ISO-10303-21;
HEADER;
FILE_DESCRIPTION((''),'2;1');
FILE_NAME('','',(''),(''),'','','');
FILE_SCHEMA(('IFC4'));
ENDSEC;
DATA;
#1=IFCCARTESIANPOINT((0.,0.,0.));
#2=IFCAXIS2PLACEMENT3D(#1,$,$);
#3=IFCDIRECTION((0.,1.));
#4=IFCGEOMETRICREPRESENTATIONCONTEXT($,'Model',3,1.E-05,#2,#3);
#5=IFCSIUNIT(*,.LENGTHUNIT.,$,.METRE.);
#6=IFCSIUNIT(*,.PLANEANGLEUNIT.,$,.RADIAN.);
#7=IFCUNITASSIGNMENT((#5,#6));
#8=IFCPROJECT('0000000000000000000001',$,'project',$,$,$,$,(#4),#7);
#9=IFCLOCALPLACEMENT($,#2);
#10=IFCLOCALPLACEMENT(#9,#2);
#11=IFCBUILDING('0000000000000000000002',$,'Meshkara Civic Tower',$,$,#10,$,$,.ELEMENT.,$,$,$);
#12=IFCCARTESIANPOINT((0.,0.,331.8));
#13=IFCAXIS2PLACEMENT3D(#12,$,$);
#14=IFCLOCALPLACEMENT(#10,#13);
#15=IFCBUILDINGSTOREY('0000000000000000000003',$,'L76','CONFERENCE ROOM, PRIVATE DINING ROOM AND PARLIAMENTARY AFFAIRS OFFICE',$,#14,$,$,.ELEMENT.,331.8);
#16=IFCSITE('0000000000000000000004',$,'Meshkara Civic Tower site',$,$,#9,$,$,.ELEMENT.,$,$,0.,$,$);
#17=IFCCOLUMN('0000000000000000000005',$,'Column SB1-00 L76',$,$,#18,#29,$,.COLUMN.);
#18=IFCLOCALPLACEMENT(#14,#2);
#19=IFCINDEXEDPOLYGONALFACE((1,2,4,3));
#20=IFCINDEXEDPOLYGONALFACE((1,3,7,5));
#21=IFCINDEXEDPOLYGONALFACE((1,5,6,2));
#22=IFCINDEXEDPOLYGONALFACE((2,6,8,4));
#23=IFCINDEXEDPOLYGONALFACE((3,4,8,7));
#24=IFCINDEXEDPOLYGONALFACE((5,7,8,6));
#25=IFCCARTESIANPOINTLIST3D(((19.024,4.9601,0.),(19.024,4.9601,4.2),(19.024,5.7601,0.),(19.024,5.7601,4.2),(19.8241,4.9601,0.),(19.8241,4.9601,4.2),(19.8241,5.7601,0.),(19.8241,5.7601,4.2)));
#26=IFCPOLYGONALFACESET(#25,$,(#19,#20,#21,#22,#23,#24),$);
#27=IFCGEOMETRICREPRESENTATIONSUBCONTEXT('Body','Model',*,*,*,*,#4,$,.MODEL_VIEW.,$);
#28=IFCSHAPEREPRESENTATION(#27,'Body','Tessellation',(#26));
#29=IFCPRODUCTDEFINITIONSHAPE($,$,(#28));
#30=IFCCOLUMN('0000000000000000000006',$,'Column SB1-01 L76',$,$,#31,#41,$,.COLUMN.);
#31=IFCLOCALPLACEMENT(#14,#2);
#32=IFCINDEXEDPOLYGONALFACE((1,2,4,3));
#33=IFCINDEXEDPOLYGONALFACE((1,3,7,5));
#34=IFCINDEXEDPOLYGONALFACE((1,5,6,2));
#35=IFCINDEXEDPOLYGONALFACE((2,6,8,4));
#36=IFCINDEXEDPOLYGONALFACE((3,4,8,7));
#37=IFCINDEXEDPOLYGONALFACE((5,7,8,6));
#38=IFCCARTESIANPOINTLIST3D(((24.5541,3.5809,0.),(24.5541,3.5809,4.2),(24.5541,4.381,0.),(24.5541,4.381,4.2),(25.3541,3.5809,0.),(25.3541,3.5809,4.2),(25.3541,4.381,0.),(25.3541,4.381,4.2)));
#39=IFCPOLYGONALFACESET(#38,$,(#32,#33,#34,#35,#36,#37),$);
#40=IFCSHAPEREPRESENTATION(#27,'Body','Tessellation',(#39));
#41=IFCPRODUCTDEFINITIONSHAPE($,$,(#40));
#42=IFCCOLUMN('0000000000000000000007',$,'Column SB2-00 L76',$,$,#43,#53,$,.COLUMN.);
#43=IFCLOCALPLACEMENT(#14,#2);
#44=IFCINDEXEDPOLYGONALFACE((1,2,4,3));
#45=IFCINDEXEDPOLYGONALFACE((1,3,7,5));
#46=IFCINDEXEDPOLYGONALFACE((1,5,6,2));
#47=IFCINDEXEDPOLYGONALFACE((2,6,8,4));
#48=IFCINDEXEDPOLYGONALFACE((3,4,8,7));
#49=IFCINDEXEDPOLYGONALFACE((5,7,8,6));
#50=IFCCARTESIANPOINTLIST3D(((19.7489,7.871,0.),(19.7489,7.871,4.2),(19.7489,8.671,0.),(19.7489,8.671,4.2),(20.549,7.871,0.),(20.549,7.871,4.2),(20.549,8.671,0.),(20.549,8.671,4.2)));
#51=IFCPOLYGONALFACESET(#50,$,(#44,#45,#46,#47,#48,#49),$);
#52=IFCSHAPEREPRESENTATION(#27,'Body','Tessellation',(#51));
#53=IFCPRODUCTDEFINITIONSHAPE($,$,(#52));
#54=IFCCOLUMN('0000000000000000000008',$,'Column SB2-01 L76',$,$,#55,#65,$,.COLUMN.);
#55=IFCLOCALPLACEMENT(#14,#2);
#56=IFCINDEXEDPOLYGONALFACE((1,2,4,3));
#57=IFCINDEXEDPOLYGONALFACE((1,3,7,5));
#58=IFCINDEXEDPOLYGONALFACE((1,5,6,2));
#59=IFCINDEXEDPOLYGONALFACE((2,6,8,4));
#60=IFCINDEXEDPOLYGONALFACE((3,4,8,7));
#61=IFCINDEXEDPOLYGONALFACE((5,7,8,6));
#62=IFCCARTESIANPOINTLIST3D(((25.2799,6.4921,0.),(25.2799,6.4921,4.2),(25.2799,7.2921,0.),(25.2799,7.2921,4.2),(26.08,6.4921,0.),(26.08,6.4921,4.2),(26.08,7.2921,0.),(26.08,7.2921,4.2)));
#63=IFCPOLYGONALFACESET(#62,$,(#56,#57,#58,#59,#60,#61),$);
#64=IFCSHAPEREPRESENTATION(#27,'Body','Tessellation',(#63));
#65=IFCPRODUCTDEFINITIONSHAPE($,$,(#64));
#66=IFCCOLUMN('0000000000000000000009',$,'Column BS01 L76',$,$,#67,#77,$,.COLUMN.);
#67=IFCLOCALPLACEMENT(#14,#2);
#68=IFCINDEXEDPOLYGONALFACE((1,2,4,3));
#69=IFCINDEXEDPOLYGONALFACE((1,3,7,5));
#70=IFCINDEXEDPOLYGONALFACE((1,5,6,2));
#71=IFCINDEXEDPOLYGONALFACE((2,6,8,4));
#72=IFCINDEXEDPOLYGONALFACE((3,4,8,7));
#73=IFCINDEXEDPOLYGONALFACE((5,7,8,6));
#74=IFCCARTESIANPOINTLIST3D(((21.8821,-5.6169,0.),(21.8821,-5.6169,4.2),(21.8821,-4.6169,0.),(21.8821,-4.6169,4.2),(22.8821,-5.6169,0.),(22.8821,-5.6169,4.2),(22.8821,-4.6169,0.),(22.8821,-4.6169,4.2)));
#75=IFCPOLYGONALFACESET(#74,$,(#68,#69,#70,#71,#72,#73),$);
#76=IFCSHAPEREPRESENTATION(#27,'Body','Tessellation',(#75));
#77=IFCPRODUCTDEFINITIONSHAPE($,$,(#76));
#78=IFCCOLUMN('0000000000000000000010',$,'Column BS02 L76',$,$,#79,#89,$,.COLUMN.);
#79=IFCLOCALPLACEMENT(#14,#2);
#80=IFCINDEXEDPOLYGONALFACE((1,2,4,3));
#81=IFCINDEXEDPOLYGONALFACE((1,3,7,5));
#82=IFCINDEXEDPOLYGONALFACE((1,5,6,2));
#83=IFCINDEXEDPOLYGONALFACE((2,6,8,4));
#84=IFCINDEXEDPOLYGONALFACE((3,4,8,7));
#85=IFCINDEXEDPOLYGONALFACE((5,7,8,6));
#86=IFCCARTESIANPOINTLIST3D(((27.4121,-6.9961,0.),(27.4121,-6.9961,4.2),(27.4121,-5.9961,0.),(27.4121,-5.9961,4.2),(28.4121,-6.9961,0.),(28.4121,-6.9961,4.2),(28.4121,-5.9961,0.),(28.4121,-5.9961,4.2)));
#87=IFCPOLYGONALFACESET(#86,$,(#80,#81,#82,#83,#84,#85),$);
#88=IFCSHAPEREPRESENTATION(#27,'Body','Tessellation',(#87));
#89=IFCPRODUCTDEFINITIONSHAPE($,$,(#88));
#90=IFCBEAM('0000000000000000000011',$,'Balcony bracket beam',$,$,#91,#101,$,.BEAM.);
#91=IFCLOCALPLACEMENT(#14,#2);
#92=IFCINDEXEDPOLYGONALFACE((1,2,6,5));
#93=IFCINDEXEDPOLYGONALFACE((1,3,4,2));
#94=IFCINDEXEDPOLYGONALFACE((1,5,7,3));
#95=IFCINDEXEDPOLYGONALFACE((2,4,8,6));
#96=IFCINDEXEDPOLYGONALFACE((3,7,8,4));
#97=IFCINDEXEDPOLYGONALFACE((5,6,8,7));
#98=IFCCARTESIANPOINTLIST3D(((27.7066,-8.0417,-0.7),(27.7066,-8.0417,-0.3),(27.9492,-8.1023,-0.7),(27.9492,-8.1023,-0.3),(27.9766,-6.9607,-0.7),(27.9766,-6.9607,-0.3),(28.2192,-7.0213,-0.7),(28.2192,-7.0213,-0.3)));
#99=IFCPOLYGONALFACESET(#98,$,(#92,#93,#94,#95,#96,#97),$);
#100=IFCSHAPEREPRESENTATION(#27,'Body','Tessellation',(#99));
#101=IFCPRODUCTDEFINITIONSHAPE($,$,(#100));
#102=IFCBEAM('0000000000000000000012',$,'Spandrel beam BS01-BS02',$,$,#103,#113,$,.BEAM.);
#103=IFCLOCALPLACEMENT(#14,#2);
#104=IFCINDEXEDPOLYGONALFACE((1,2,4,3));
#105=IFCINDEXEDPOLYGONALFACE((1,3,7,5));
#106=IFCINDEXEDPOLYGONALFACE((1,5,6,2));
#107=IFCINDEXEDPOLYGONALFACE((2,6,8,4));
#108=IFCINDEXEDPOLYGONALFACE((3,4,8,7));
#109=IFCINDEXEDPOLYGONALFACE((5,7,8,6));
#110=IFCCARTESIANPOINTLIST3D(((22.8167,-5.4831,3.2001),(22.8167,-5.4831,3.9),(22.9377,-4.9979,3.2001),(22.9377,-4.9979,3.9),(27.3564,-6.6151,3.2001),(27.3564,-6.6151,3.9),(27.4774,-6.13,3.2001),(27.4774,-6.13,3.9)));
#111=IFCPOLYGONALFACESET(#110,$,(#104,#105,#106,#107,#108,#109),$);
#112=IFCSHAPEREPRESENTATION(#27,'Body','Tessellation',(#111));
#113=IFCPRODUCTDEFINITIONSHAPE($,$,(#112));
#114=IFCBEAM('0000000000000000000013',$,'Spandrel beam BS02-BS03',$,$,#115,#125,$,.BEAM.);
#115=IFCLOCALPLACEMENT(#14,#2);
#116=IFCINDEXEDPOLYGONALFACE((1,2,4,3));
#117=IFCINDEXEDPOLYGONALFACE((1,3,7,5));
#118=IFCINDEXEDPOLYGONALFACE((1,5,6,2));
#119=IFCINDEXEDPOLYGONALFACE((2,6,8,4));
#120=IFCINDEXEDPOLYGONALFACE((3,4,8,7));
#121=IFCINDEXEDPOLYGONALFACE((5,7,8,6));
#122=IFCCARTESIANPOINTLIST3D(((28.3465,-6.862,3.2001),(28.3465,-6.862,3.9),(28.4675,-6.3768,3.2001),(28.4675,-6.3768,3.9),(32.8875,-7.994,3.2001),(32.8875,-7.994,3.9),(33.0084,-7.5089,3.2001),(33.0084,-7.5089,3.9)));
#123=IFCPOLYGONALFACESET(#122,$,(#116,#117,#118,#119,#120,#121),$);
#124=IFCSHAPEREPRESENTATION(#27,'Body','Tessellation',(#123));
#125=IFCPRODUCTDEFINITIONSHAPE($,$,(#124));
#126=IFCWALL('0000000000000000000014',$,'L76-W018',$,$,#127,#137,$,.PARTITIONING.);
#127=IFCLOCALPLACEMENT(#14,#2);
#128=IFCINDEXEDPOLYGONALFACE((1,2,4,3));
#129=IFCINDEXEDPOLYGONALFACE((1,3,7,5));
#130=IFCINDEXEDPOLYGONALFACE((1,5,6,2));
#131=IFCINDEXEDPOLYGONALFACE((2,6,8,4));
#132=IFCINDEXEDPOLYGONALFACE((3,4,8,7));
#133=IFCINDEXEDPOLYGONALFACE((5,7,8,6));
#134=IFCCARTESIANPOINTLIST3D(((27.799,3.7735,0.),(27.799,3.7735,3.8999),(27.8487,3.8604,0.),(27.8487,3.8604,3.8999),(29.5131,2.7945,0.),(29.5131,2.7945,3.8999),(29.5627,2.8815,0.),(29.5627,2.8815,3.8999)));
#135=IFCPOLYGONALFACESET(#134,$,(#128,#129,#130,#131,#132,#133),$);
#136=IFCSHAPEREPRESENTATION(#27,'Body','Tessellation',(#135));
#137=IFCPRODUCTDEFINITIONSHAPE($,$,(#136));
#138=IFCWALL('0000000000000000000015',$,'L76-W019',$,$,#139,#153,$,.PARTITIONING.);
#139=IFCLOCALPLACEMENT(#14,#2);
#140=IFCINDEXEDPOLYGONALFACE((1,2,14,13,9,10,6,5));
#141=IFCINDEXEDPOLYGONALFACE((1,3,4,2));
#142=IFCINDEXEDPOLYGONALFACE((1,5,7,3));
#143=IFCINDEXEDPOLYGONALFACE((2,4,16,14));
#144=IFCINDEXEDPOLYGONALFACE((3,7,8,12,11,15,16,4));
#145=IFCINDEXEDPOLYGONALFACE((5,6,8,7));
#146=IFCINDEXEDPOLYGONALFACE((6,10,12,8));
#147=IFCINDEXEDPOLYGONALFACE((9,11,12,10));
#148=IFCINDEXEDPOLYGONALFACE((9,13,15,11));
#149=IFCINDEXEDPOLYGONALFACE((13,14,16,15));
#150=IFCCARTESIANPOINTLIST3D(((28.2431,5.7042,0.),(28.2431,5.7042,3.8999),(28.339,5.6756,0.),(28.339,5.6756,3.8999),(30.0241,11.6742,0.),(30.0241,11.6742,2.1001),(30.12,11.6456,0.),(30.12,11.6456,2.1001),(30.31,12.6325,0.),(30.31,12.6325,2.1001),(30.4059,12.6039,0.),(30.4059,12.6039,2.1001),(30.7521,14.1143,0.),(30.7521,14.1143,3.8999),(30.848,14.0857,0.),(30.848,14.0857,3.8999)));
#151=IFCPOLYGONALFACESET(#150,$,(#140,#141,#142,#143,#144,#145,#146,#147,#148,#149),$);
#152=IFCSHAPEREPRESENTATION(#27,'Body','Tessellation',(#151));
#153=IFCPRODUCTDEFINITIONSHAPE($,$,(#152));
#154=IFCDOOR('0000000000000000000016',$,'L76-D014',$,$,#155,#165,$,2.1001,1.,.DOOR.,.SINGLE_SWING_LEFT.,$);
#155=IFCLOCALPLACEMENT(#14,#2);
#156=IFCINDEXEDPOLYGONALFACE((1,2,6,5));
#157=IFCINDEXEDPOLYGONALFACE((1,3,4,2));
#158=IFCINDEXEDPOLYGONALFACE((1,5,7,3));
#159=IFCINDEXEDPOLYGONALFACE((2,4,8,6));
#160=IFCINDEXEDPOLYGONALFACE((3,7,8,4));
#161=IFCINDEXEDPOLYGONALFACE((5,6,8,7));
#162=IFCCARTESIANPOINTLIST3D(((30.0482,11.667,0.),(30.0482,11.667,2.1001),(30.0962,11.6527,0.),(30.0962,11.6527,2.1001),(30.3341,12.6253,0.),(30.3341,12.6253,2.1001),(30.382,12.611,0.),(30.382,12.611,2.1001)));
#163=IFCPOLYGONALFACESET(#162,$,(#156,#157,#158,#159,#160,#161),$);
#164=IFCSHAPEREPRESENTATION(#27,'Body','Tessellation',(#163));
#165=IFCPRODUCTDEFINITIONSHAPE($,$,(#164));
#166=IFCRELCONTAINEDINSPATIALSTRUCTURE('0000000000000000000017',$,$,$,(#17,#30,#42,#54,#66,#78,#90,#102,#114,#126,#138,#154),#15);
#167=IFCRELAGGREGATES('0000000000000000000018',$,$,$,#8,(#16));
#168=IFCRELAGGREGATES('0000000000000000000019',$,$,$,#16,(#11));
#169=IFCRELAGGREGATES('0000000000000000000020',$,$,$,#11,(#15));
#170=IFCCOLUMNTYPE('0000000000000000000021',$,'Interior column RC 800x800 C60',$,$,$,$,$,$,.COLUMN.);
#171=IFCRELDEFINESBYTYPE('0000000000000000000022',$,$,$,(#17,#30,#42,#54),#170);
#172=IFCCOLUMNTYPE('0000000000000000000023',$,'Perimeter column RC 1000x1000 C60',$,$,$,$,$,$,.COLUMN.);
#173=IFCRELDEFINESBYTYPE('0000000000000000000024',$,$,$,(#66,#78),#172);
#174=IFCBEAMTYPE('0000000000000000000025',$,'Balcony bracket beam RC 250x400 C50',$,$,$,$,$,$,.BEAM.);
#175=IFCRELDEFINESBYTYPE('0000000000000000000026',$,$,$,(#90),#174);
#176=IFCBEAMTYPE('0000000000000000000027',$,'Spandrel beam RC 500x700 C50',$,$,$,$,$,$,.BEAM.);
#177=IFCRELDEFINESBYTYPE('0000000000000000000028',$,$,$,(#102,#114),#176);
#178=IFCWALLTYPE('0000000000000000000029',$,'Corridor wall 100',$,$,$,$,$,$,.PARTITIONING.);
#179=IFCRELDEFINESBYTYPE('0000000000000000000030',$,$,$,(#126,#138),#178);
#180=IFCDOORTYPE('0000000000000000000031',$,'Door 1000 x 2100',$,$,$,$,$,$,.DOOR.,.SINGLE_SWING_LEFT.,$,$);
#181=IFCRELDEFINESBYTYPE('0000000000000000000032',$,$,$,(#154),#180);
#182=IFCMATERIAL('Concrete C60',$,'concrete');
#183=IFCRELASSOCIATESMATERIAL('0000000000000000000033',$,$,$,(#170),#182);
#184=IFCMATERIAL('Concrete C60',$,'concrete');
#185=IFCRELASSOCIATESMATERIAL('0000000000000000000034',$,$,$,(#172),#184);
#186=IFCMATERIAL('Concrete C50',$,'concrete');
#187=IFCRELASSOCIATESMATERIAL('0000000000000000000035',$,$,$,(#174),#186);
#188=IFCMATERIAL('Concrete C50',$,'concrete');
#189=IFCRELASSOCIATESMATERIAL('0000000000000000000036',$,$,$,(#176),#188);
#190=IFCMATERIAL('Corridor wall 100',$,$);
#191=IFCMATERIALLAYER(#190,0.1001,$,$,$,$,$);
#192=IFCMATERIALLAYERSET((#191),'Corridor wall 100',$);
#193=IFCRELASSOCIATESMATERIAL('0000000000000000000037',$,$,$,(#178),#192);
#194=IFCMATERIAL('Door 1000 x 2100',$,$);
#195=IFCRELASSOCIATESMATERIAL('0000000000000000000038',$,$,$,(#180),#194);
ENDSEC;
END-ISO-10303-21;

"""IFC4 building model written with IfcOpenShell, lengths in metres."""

from ifc_helpers import new_model, si_unit, direction, frame, frame_2d, origin, origin_2d, place, context, subcontext, project, spatial, rectangle, extrude, material, layer, layer_set, material_profile, profile_set, type_object, element, fill, save


model = new_model("IFC4")

# Units and contexts
model_context = context("Model", 3, precision=1e-05, world=origin(), true_north=direction((0.0, 1.0)))
body_context = subcontext(model_context, "Body", "Model", "MODEL_VIEW")
ifc_project = project(units=[si_unit("LENGTHUNIT", "METRE"), si_unit("PLANEANGLEUNIT", "RADIAN")], contexts=[model_context])

# Site, building, storey
site_placement = place(None, origin())
site = spatial("IfcSite", under=ifc_project, at=site_placement, Name="Meshkara Civic Tower site", CompositionType="ELEMENT", RefElevation=0.0)
building_placement = place(site_placement, origin())
building = spatial("IfcBuilding", under=site, at=building_placement, Name="Meshkara Civic Tower", CompositionType="ELEMENT")
storey_placement = place(building_placement, frame((0.0, 0.0, 331.8)))
storey = spatial("IfcBuildingStorey", under=building, at=storey_placement, Name="L76", Description="CONFERENCE ROOM, PRIVATE DINING ROOM AND PARLIAMENTARY AFFAIRS OFFICE", CompositionType="ELEMENT", Elevation=331.8)

# Columns
ifc_material_1 = material(Name="Concrete C60", Category="concrete")
ifc_material_profile_1 = material_profile(ifc_material_1, rectangle(XDim=0.8, YDim=0.8, at=origin_2d()))
ifc_profile_set_1 = profile_set([ifc_material_profile_1], Name="Concrete C60")
column_type_1 = type_object("IfcColumnType", Name="Interior column RC 800x800 C60", PredefinedType="COLUMN", material=ifc_profile_set_1)
for number, where, z_axis, x_axis, name in (
    (1, (19.4241, 5.3601, 0.0), (0.0, 0.0, 1.0), (1.0, 0.0, 0.0), "Column SB1-00 L76"),
    (2, (24.9541, 3.981, 0.0), (0.0, 0.0, 1.0), (1.0, 0.0, 0.0), "Column SB1-01 L76"),
    (3, (20.1489, 8.271, 0.0), (0.0, 0.0, 1.0), (1.0, 0.0, 0.0), "Column SB2-00 L76"),
    (4, (25.6799, 6.8921, 0.0), (0.0, 0.0, 1.0), (1.0, 0.0, 0.0), "Column SB2-01 L76"),
):
    element("IfcColumn", number, at=place(storey_placement, frame(where, z_axis=z_axis, x_axis=x_axis)), inside=storey, type_object=column_type_1, Name=name, PredefinedType="COLUMN", context=body_context, shape_type="SweptSolid", body=[
        extrude(rectangle(XDim=0.8, YDim=0.8, at=origin_2d()), origin(), (0.0, 0.0, 1.0), 4.2),
    ])
ifc_material_2 = material(Name="Concrete C60", Category="concrete")
ifc_material_profile_2 = material_profile(ifc_material_2, rectangle(XDim=1.0, YDim=1.0, at=origin_2d()))
ifc_profile_set_2 = profile_set([ifc_material_profile_2], Name="Concrete C60")
column_type_2 = type_object("IfcColumnType", Name="Perimeter column RC 1000x1000 C60", PredefinedType="COLUMN", material=ifc_profile_set_2)
for number, where, z_axis, x_axis, name in (
    (5, (22.3821, -5.1169, 0.0), (0.0, 0.0, 1.0), (1.0, 0.0, 0.0), "Column BS01 L76"),
    (6, (27.9121, -6.4961, 0.0), (0.0, 0.0, 1.0), (1.0, 0.0, 0.0), "Column BS02 L76"),
):
    element("IfcColumn", number, at=place(storey_placement, frame(where, z_axis=z_axis, x_axis=x_axis)), inside=storey, type_object=column_type_2, Name=name, PredefinedType="COLUMN", context=body_context, shape_type="SweptSolid", body=[
        extrude(rectangle(XDim=1.0, YDim=1.0, at=origin_2d()), origin(), (0.0, 0.0, 1.0), 4.2),
    ])

# Beams
ifc_material_3 = material(Name="Concrete C50", Category="concrete")
ifc_material_profile_3 = material_profile(ifc_material_3, rectangle(XDim=0.25, YDim=0.3999, at=origin_2d()))
ifc_profile_set_3 = profile_set([ifc_material_profile_3], Name="Concrete C50")
beam_type_1 = type_object("IfcBeamType", Name="Balcony bracket beam RC 250x400 C50", PredefinedType="BEAM", material=ifc_profile_set_3)
beam_1_placement = place(storey_placement, frame((28.0979, -6.991, -0.5), z_axis=(-0.242329, -0.970194, 0.0), x_axis=(0.970194, -0.242329, 0.0)))
element("IfcBeam", 7, at=beam_1_placement, inside=storey, type_object=beam_type_1, Name="Balcony bracket beam", PredefinedType="BEAM", context=body_context, shape_type="SweptSolid", body=[
    extrude(rectangle(XDim=0.25, YDim=0.3999, at=origin_2d()), origin(), (0.0, 0.0, 1.0), 1.1143),
])
ifc_material_4 = material(Name="Concrete C50", Category="concrete")
ifc_material_profile_4 = material_profile(ifc_material_4, rectangle(XDim=0.5, YDim=0.7, at=origin_2d()))
ifc_profile_set_4 = profile_set([ifc_material_profile_4], Name="Concrete C50")
beam_type_2 = type_object("IfcBeamType", Name="Spandrel beam RC 500x700 C50", PredefinedType="BEAM", material=ifc_profile_set_4)
beam_2_placement = place(storey_placement, frame((22.8772, -5.2405, 3.55), z_axis=(0.970287, -0.241959, 0.0), x_axis=(0.241959, 0.970287, 0.0)))
element("IfcBeam", 8, at=beam_2_placement, inside=storey, type_object=beam_type_2, Name="Spandrel beam BS01-BS02", PredefinedType="BEAM", context=body_context, shape_type="SweptSolid", body=[
    extrude(rectangle(XDim=0.5, YDim=0.7, at=origin_2d()), origin(), (0.0, 0.0, 1.0), 4.6787),
])
beam_3_placement = place(storey_placement, frame((28.407, -6.6194, 3.55), z_axis=(0.970302, -0.241897, 0.0), x_axis=(0.241897, 0.970302, 0.0)))
element("IfcBeam", 9, at=beam_3_placement, inside=storey, type_object=beam_type_2, Name="Spandrel beam BS02-BS03", PredefinedType="BEAM", context=body_context, shape_type="SweptSolid", body=[
    extrude(rectangle(XDim=0.5, YDim=0.7, at=origin_2d()), origin(), (0.0, 0.0, 1.0), 4.6799),
])

# Wall
ifc_material_5 = material(Name="Corridor wall 100")
ifc_layer_1 = layer(ifc_material_5, 0.1001)
ifc_layer_set_1 = layer_set([ifc_layer_1], Name="Corridor wall 100")
wall_type_1 = type_object("IfcWallType", Name="Corridor wall 100", PredefinedType="PARTITIONING", material=ifc_layer_set_1)
wall_1_placement = place(storey_placement, frame((27.824, 3.8169, 0.0), z_axis=(0.0, 0.0, 1.0), x_axis=(0.86835, -0.495952, 0.0)))
element("IfcWall", 10, at=wall_1_placement, inside=storey, type_object=wall_type_1, Name="L76-W018", PredefinedType="PARTITIONING", context=body_context, shape_type="SweptSolid", body=[
    extrude(rectangle(XDim=1.9739, YDim=0.1001, at=frame_2d((0.9868, 0.0))), origin(), (0.0, 0.0, 1.0), 3.8999),
])

# Wall, opening, door
wall_2_placement = place(storey_placement, frame((28.291, 5.6899, 0.0), z_axis=(0.0, 0.0, 1.0), x_axis=(0.285883, 0.958265, 0.0)))
wall_2 = element("IfcWall", 11, at=wall_2_placement, inside=storey, type_object=wall_type_1, Name="L76-W019", PredefinedType="PARTITIONING", context=body_context, shape_type="SweptSolid", body=[
    extrude(rectangle(XDim=8.7764, YDim=0.1001, at=frame_2d((4.3882, 0.0))), origin(), (0.0, 0.0, 1.0), 3.8999),
])
opening_1_placement = place(wall_2_placement, frame((6.23, 0.0, 0.0)))
opening_1 = element("IfcOpeningElement", 12, at=opening_1_placement, cuts=wall_2, PredefinedType="OPENING", context=body_context, shape_type="SweptSolid", body=[
    extrude(rectangle(XDim=1.0, YDim=2.1001, at=frame_2d((0.5, 1.05))), frame((0.0, 0.0601, 0.0), z_axis=(0.0, -1.0, 0.0), x_axis=(1.0, 0.0, 0.0)), (0.0, 0.0, 1.0), 0.1201),
])
ifc_material_6 = material(Name="Door 1000 x 2100")
door_type_1 = type_object("IfcDoorType", Name="Door 1000 x 2100", OperationType="SINGLE_SWING_LEFT", PredefinedType="DOOR", material=ifc_material_6)
door_1_placement = place(opening_1_placement, origin())
door_1 = element("IfcDoor", 13, at=door_1_placement, inside=storey, type_object=door_type_1, Name="L76-D014", OperationType="SINGLE_SWING_LEFT", OverallHeight=2.1001, OverallWidth=1.0, PredefinedType="DOOR", context=body_context, shape_type="SweptSolid", body=[
    extrude(rectangle(XDim=1.0, YDim=2.1001, at=frame_2d((0.5, 1.05))), frame((0.0, 0.0249, 0.0), z_axis=(0.0, -1.0, 0.0), x_axis=(1.0, 0.0, 0.0)), (0.0, 0.0, 1.0), 0.05),
])
fill(opening_1, door_1)

save(model, "model.ifc")
